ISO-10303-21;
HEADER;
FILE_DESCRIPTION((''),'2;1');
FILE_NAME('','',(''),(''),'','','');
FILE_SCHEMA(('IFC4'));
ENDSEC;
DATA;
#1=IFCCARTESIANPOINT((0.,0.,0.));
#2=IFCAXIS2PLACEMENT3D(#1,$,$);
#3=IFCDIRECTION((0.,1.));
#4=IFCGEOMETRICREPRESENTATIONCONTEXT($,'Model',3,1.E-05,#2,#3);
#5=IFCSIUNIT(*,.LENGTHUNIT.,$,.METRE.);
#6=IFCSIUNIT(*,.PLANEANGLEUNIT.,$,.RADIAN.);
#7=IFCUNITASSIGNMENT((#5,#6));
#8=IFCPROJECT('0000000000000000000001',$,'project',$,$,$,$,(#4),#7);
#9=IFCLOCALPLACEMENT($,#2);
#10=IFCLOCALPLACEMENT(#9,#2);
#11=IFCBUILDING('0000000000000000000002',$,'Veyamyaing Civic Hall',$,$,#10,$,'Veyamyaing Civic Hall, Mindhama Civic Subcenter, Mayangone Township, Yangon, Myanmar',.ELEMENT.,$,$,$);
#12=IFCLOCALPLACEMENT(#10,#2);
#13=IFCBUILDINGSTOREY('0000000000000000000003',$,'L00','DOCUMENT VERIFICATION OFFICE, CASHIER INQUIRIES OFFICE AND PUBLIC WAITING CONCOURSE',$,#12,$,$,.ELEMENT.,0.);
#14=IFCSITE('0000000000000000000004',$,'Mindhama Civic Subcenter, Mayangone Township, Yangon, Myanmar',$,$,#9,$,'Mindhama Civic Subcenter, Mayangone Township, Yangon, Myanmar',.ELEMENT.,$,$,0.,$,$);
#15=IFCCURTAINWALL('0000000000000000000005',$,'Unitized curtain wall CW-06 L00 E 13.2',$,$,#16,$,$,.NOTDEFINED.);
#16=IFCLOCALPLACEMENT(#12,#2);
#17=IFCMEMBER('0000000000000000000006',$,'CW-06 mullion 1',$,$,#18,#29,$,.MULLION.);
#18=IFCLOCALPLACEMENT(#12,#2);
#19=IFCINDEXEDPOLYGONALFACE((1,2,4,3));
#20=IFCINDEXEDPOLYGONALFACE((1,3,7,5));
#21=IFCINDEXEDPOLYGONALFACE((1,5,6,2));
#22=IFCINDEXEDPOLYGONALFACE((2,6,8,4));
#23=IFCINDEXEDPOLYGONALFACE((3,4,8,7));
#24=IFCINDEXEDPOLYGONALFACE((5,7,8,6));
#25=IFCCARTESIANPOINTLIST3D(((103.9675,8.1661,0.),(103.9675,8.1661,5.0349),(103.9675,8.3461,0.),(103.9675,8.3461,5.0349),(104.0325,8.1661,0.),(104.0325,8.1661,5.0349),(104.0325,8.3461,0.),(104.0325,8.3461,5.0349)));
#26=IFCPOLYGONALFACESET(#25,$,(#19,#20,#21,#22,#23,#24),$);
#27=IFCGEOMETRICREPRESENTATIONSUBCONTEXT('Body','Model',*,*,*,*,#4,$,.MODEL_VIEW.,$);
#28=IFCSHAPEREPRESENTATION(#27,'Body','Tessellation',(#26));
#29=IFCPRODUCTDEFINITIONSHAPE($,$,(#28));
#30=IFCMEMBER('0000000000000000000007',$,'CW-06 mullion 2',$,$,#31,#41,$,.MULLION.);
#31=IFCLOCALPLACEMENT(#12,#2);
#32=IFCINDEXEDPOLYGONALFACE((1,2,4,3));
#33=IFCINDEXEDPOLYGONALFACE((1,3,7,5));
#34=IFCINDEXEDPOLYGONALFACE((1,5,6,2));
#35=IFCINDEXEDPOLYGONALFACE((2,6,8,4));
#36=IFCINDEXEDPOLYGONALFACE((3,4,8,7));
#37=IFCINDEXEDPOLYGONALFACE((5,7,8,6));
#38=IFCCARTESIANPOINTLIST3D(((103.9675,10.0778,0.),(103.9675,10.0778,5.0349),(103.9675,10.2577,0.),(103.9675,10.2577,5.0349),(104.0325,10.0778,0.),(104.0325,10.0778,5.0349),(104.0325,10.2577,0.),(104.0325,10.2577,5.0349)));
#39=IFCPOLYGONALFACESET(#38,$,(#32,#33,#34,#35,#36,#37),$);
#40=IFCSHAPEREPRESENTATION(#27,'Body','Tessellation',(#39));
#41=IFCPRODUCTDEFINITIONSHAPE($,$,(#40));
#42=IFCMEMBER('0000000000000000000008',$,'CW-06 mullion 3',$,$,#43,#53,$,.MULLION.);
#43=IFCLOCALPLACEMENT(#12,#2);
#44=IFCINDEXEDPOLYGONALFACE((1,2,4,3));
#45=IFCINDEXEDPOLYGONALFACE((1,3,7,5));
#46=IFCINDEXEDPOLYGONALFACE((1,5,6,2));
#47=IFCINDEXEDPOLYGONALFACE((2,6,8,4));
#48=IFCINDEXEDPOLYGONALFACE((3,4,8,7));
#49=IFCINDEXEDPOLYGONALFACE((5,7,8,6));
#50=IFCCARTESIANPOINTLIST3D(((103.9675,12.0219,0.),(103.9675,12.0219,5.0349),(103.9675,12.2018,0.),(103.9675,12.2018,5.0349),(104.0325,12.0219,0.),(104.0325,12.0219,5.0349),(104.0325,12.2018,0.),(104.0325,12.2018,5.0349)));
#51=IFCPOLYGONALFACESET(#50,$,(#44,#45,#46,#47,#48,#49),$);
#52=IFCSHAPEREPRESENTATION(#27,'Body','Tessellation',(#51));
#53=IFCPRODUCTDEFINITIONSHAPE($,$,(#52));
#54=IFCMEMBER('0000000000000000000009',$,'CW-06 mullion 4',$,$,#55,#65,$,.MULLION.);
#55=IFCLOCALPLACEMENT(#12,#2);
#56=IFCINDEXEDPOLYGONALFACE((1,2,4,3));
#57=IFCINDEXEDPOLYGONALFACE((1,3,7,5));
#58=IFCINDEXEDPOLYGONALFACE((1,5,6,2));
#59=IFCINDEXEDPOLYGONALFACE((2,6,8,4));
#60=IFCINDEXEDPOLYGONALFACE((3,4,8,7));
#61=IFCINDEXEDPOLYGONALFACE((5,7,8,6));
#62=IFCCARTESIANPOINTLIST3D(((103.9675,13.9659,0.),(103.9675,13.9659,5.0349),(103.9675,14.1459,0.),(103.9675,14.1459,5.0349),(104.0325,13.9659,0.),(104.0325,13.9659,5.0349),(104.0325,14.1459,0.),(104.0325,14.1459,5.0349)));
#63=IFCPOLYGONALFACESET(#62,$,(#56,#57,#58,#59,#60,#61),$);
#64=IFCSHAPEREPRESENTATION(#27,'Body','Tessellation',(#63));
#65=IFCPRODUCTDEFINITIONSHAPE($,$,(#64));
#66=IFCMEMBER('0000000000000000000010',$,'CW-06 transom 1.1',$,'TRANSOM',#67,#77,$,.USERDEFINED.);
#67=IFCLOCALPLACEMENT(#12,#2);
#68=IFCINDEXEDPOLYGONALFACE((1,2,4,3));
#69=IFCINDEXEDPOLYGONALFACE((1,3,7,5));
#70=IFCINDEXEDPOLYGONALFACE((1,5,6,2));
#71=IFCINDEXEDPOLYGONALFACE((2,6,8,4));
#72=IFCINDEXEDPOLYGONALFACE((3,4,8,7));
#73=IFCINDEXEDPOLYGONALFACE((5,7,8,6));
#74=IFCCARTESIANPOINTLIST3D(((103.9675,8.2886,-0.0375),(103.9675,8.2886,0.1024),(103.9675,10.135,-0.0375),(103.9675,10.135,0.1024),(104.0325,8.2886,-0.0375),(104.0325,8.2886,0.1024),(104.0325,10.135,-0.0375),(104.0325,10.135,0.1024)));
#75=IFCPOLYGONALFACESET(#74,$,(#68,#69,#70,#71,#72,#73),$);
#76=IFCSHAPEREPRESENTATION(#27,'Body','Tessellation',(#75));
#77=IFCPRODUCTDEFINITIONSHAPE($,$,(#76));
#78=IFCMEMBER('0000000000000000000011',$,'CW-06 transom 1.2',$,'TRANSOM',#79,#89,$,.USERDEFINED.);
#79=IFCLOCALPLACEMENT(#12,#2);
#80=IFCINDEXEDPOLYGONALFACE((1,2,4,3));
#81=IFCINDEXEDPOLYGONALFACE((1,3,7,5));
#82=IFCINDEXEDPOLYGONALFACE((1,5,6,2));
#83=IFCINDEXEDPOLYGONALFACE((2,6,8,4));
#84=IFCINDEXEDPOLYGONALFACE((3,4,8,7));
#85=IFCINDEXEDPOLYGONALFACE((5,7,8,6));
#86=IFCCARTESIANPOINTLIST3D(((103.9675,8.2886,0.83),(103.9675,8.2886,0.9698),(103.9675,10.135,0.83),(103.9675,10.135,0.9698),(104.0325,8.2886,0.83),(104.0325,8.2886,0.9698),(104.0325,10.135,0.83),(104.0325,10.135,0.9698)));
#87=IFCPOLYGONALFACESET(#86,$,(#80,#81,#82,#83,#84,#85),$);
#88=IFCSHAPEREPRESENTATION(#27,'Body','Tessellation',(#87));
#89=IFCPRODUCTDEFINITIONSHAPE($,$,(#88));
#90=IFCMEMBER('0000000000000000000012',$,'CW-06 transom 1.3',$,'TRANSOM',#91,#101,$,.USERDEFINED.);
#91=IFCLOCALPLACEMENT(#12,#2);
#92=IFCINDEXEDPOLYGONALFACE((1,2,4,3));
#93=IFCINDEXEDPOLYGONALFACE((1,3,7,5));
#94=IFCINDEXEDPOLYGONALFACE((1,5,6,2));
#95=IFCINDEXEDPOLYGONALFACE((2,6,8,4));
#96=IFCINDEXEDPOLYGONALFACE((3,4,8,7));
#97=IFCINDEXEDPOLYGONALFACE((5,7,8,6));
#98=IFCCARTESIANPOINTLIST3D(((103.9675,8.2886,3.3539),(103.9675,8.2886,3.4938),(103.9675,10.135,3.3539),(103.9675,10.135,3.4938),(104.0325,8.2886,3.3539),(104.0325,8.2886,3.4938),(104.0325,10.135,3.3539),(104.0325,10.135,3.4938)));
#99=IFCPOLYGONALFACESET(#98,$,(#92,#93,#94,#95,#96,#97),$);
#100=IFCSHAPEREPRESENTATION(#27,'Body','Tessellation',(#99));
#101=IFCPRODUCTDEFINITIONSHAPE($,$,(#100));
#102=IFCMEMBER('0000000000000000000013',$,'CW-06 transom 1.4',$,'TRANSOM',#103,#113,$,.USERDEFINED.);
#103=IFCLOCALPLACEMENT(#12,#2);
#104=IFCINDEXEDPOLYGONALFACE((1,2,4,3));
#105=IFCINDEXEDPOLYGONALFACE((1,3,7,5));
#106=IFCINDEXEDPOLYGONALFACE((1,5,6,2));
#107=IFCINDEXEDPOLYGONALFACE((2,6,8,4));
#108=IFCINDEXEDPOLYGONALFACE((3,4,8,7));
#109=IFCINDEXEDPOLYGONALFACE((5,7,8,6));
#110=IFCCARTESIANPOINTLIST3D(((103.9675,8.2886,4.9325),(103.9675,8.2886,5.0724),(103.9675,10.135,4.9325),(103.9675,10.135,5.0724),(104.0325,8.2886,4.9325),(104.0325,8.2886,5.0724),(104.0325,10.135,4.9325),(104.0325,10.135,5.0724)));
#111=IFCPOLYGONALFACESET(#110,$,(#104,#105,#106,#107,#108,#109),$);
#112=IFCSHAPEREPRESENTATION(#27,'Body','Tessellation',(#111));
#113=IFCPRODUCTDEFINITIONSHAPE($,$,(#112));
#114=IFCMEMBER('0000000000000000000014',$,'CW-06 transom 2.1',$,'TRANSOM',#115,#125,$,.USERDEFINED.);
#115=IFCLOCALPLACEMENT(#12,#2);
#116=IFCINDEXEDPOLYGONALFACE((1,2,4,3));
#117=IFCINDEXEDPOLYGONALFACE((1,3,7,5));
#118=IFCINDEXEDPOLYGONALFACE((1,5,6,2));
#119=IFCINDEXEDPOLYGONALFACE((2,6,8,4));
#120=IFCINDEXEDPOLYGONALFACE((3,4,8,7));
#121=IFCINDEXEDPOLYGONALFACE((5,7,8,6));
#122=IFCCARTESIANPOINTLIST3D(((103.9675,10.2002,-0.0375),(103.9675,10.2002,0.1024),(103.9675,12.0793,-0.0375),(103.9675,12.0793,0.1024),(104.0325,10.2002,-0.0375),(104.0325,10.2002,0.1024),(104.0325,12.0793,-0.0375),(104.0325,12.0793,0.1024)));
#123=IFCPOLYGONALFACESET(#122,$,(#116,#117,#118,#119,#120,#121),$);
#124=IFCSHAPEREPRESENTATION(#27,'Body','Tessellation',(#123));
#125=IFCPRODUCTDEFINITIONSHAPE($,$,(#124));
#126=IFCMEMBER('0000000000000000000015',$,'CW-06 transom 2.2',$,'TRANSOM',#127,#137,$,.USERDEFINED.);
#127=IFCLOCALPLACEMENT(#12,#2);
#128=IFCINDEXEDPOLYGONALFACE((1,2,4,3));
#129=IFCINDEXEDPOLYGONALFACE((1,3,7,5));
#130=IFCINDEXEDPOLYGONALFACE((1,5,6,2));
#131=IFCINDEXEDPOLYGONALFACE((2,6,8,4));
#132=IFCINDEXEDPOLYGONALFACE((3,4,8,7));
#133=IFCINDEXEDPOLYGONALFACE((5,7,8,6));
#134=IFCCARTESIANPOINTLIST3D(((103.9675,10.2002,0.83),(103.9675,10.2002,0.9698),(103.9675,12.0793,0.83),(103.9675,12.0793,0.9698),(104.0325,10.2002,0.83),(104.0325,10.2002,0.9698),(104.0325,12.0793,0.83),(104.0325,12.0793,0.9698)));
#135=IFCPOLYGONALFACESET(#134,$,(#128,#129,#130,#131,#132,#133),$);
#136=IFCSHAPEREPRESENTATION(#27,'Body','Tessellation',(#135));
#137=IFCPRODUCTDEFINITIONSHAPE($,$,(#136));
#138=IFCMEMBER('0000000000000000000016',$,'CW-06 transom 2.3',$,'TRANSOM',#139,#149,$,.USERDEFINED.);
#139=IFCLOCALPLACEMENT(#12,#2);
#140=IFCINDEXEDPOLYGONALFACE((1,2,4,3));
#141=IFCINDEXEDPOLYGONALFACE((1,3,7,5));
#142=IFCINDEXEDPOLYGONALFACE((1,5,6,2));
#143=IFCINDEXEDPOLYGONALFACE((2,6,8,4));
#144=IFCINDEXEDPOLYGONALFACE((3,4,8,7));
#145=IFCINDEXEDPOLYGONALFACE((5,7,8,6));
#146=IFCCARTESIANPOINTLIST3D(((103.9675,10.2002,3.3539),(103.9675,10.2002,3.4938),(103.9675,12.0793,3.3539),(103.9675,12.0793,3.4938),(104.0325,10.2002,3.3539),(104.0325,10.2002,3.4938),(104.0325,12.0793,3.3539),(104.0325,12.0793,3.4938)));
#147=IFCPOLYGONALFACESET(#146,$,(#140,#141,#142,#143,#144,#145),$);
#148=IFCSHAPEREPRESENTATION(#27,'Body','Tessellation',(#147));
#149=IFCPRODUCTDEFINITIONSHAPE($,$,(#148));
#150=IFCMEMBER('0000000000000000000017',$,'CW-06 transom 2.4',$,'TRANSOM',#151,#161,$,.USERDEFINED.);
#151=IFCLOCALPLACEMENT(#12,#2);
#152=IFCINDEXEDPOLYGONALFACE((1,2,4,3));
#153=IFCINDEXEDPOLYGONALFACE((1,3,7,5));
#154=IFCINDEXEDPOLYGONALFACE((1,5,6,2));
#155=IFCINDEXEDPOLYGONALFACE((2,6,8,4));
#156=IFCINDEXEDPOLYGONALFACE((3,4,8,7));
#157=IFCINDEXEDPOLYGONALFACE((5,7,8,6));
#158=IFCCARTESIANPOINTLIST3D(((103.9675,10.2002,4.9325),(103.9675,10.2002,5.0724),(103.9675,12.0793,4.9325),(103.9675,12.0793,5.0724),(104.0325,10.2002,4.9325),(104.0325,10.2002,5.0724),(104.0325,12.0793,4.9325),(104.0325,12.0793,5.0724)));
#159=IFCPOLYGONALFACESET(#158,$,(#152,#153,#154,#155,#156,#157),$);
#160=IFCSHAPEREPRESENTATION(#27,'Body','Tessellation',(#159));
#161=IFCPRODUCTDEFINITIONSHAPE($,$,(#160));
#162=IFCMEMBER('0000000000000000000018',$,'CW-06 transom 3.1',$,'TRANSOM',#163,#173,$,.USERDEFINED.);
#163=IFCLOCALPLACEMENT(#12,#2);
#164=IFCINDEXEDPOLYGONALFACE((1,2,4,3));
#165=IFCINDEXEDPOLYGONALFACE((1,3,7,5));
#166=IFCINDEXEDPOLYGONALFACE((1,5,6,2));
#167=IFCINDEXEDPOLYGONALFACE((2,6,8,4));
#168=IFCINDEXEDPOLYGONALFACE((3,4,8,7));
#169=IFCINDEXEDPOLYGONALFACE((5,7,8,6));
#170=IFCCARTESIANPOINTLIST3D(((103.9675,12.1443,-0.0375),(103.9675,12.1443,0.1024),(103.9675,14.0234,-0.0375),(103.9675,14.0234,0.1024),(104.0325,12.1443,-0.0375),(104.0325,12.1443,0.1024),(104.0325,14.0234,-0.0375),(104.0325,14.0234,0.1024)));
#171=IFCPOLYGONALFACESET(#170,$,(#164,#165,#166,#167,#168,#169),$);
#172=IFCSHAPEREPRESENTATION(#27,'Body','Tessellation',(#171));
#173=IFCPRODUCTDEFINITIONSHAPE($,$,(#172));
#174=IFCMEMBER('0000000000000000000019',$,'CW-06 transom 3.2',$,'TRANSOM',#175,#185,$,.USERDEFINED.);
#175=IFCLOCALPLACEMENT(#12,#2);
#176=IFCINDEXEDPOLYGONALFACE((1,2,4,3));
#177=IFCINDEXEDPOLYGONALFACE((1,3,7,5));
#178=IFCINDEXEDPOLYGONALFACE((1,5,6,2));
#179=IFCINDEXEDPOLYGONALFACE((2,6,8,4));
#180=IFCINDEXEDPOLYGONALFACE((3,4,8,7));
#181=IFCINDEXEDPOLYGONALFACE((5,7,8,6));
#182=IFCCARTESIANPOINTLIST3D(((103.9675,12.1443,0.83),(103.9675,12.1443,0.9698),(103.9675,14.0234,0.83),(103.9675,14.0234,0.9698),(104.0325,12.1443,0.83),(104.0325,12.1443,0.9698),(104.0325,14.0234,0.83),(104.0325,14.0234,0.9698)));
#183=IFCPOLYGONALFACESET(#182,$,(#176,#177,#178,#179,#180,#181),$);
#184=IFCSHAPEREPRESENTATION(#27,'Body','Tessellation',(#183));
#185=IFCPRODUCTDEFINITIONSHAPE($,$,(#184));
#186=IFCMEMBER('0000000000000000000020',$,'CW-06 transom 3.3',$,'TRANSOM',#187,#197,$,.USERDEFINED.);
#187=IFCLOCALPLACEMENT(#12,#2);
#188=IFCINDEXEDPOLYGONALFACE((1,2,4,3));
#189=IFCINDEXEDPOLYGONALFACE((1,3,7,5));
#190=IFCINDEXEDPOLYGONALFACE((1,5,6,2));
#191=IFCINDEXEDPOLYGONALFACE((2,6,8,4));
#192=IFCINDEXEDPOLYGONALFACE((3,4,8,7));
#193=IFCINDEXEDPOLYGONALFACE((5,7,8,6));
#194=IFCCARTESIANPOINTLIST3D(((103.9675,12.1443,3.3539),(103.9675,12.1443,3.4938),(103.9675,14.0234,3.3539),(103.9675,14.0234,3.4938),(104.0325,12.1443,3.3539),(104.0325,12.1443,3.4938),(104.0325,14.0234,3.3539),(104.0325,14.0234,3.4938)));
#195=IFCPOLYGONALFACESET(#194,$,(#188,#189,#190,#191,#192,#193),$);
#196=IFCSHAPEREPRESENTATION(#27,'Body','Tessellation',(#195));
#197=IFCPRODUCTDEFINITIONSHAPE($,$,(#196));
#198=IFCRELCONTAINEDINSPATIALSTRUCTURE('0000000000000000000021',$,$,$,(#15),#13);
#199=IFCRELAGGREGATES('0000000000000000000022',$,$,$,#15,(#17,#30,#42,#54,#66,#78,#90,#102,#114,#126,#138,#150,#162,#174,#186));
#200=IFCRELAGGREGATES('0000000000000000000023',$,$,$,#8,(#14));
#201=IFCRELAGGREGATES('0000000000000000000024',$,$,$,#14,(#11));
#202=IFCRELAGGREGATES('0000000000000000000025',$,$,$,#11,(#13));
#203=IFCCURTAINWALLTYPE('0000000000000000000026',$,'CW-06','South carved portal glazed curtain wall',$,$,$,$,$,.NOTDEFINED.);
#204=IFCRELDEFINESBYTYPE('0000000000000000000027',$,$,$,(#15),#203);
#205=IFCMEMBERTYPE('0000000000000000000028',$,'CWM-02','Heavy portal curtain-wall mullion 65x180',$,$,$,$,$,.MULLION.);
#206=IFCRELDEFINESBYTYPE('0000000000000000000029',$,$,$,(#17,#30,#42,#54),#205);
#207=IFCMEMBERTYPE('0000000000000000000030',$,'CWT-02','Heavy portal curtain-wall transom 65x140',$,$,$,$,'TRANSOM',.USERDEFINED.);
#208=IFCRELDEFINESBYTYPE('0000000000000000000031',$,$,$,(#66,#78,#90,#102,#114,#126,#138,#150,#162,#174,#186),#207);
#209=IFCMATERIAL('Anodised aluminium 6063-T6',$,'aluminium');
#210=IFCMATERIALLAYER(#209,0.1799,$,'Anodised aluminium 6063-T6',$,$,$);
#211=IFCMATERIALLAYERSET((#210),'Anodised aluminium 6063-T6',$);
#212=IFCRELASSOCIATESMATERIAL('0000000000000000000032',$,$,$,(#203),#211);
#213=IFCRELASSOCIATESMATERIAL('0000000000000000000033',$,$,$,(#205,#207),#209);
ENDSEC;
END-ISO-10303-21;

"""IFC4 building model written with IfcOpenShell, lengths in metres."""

from ifc_helpers import new_model, si_unit, direction, frame, origin, origin_2d, place, context, subcontext, project, spatial, rectangle, extrude, material, layer, layer_set, material_profile, profile_set, type_object, element, aggregate, save


model = new_model("IFC4")

# Units and contexts
model_context = context("Model", 3, precision=1e-05, world=origin(), true_north=direction((0.0, 1.0)))
body_context = subcontext(model_context, "Body", "Model", "MODEL_VIEW")
ifc_project = project(units=[si_unit("LENGTHUNIT", "METRE"), si_unit("PLANEANGLEUNIT", "RADIAN")], contexts=[model_context])

# Site, building, storey
site_placement = place(None, origin())
site = spatial("IfcSite", under=ifc_project, at=site_placement, Name="Mindhama Civic Subcenter, Mayangone Township, Yangon, Myanmar", LongName="Mindhama Civic Subcenter, Mayangone Township, Yangon, Myanmar", CompositionType="ELEMENT", RefElevation=0.0)
building_placement = place(site_placement, origin())
building = spatial("IfcBuilding", under=site, at=building_placement, Name="Veyamyaing Civic Hall", LongName="Veyamyaing Civic Hall, Mindhama Civic Subcenter, Mayangone Township, Yangon, Myanmar", CompositionType="ELEMENT")
storey_placement = place(building_placement, origin())
storey = spatial("IfcBuildingStorey", under=building, at=storey_placement, Name="L00", Description="DOCUMENT VERIFICATION OFFICE, CASHIER INQUIRIES OFFICE AND PUBLIC WAITING CONCOURSE", CompositionType="ELEMENT", Elevation=0.0)

# Curtain wall, members
ifc_material_1 = material(Name="Anodised aluminium 6063-T6", Category="aluminium")
ifc_layer_1 = layer(ifc_material_1, 0.1799, Name="Anodised aluminium 6063-T6")
ifc_layer_set_1 = layer_set([ifc_layer_1], Name="Anodised aluminium 6063-T6")
curtain_wall_type = type_object("IfcCurtainWallType", Name="CW-06", Description="South carved portal glazed curtain wall", PredefinedType="NOTDEFINED", material=ifc_layer_set_1)
curtain_wall_placement = place(storey_placement, origin())
curtain_wall = element("IfcCurtainWall", 1, at=curtain_wall_placement, inside=storey, type_object=curtain_wall_type, Name="Unitized curtain wall CW-06 L00 E 13.2", PredefinedType="NOTDEFINED")
ifc_material_profile_1 = material_profile(ifc_material_1, rectangle(XDim=0.0649, YDim=0.1799, at=origin_2d()), Name="ALU-MUL-65X180")
ifc_profile_set_1 = profile_set([ifc_material_profile_1], Name="Anodised aluminium 6063-T6")
member_type_1 = type_object("IfcMemberType", Name="CWM-02", Description="Heavy portal curtain-wall mullion 65x180", PredefinedType="MULLION", material=ifc_profile_set_1)
member_1_placement = place(storey_placement, frame((104.0, 8.2561, 0.0), z_axis=(0.0, 0.0, 1.0), x_axis=(-1.0, 0.0, 0.0)))
member_1 = element("IfcMember", 2, at=member_1_placement, type_object=member_type_1, Name="CW-06 mullion 1", PredefinedType="MULLION", context=body_context, shape_type="SweptSolid", body=[
    extrude(rectangle(XDim=0.0649, YDim=0.1799, at=origin_2d()), origin(), (0.0, 0.0, 1.0), 5.0349),
])
member_2_placement = place(storey_placement, frame((104.0, 10.1677, 0.0), z_axis=(0.0, 0.0, 1.0), x_axis=(-1.0, 0.0, 0.0)))
member_2 = element("IfcMember", 3, at=member_2_placement, type_object=member_type_1, Name="CW-06 mullion 2", PredefinedType="MULLION", context=body_context, shape_type="SweptSolid", body=[
    extrude(rectangle(XDim=0.0649, YDim=0.1799, at=origin_2d()), origin(), (0.0, 0.0, 1.0), 5.0349),
])
member_3_placement = place(storey_placement, frame((104.0, 12.1118, 0.0), z_axis=(0.0, 0.0, 1.0), x_axis=(-1.0, 0.0, 0.0)))
member_3 = element("IfcMember", 4, at=member_3_placement, type_object=member_type_1, Name="CW-06 mullion 3", PredefinedType="MULLION", context=body_context, shape_type="SweptSolid", body=[
    extrude(rectangle(XDim=0.0649, YDim=0.1799, at=origin_2d()), origin(), (0.0, 0.0, 1.0), 5.0349),
])
member_4_placement = place(storey_placement, frame((104.0, 14.0559, 0.0), z_axis=(0.0, 0.0, 1.0), x_axis=(-1.0, 0.0, 0.0)))
member_4 = element("IfcMember", 5, at=member_4_placement, type_object=member_type_1, Name="CW-06 mullion 4", PredefinedType="MULLION", context=body_context, shape_type="SweptSolid", body=[
    extrude(rectangle(XDim=0.0649, YDim=0.1799, at=origin_2d()), origin(), (0.0, 0.0, 1.0), 5.0349),
])
ifc_material_profile_2 = material_profile(ifc_material_1, rectangle(XDim=0.0649, YDim=0.1399, at=origin_2d()), Name="ALU-TRN-65X140")
ifc_profile_set_2 = profile_set([ifc_material_profile_2], Name="Anodised aluminium 6063-T6")
member_type_2 = type_object("IfcMemberType", Name="CWT-02", Description="Heavy portal curtain-wall transom 65x140", ElementType="TRANSOM", PredefinedType="USERDEFINED", material=ifc_profile_set_2)
member_5_placement = place(storey_placement, frame((104.0, 8.2886, 0.0325), z_axis=(0.0, 1.0, 0.0), x_axis=(-1.0, 0.0, 0.0)))
member_5 = element("IfcMember", 6, at=member_5_placement, type_object=member_type_2, Name="CW-06 transom 1.1", ObjectType="TRANSOM", PredefinedType="USERDEFINED", context=body_context, shape_type="SweptSolid", body=[
    extrude(rectangle(XDim=0.0649, YDim=0.1399, at=origin_2d()), origin(), (0.0, 0.0, 1.0), 1.8464),
])
member_6_placement = place(storey_placement, frame((104.0, 8.2886, 0.8999), z_axis=(0.0, 1.0, 0.0), x_axis=(-1.0, 0.0, 0.0)))
member_6 = element("IfcMember", 7, at=member_6_placement, type_object=member_type_2, Name="CW-06 transom 1.2", ObjectType="TRANSOM", PredefinedType="USERDEFINED", context=body_context, shape_type="SweptSolid", body=[
    extrude(rectangle(XDim=0.0649, YDim=0.1399, at=origin_2d()), origin(), (0.0, 0.0, 1.0), 1.8464),
])
member_7_placement = place(storey_placement, frame((104.0, 8.2886, 3.4238), z_axis=(0.0, 1.0, 0.0), x_axis=(-1.0, 0.0, 0.0)))
member_7 = element("IfcMember", 8, at=member_7_placement, type_object=member_type_2, Name="CW-06 transom 1.3", ObjectType="TRANSOM", PredefinedType="USERDEFINED", context=body_context, shape_type="SweptSolid", body=[
    extrude(rectangle(XDim=0.0649, YDim=0.1399, at=origin_2d()), origin(), (0.0, 0.0, 1.0), 1.8464),
])
member_8_placement = place(storey_placement, frame((104.0, 8.2886, 5.0024), z_axis=(0.0, 1.0, 0.0), x_axis=(-1.0, 0.0, 0.0)))
member_8 = element("IfcMember", 9, at=member_8_placement, type_object=member_type_2, Name="CW-06 transom 1.4", ObjectType="TRANSOM", PredefinedType="USERDEFINED", context=body_context, shape_type="SweptSolid", body=[
    extrude(rectangle(XDim=0.0649, YDim=0.1399, at=origin_2d()), origin(), (0.0, 0.0, 1.0), 1.8464),
])
member_9_placement = place(storey_placement, frame((104.0, 10.2002, 0.0325), z_axis=(0.0, 1.0, 0.0), x_axis=(-1.0, 0.0, 0.0)))
member_9 = element("IfcMember", 10, at=member_9_placement, type_object=member_type_2, Name="CW-06 transom 2.1", ObjectType="TRANSOM", PredefinedType="USERDEFINED", context=body_context, shape_type="SweptSolid", body=[
    extrude(rectangle(XDim=0.0649, YDim=0.1399, at=origin_2d()), origin(), (0.0, 0.0, 1.0), 1.8792),
])
member_10_placement = place(storey_placement, frame((104.0, 10.2002, 0.8999), z_axis=(0.0, 1.0, 0.0), x_axis=(-1.0, 0.0, 0.0)))
member_10 = element("IfcMember", 11, at=member_10_placement, type_object=member_type_2, Name="CW-06 transom 2.2", ObjectType="TRANSOM", PredefinedType="USERDEFINED", context=body_context, shape_type="SweptSolid", body=[
    extrude(rectangle(XDim=0.0649, YDim=0.1399, at=origin_2d()), origin(), (0.0, 0.0, 1.0), 1.8792),
])
member_11_placement = place(storey_placement, frame((104.0, 10.2002, 3.4238), z_axis=(0.0, 1.0, 0.0), x_axis=(-1.0, 0.0, 0.0)))
member_11 = element("IfcMember", 12, at=member_11_placement, type_object=member_type_2, Name="CW-06 transom 2.3", ObjectType="TRANSOM", PredefinedType="USERDEFINED", context=body_context, shape_type="SweptSolid", body=[
    extrude(rectangle(XDim=0.0649, YDim=0.1399, at=origin_2d()), origin(), (0.0, 0.0, 1.0), 1.8792),
])
member_12_placement = place(storey_placement, frame((104.0, 10.2002, 5.0024), z_axis=(0.0, 1.0, 0.0), x_axis=(-1.0, 0.0, 0.0)))
member_12 = element("IfcMember", 13, at=member_12_placement, type_object=member_type_2, Name="CW-06 transom 2.4", ObjectType="TRANSOM", PredefinedType="USERDEFINED", context=body_context, shape_type="SweptSolid", body=[
    extrude(rectangle(XDim=0.0649, YDim=0.1399, at=origin_2d()), origin(), (0.0, 0.0, 1.0), 1.8792),
])
member_13_placement = place(storey_placement, frame((104.0, 12.1443, 0.0325), z_axis=(0.0, 1.0, 0.0), x_axis=(-1.0, 0.0, 0.0)))
member_13 = element("IfcMember", 14, at=member_13_placement, type_object=member_type_2, Name="CW-06 transom 3.1", ObjectType="TRANSOM", PredefinedType="USERDEFINED", context=body_context, shape_type="SweptSolid", body=[
    extrude(rectangle(XDim=0.0649, YDim=0.1399, at=origin_2d()), origin(), (0.0, 0.0, 1.0), 1.8792),
])
member_14_placement = place(storey_placement, frame((104.0, 12.1443, 0.8999), z_axis=(0.0, 1.0, 0.0), x_axis=(-1.0, 0.0, 0.0)))
member_14 = element("IfcMember", 15, at=member_14_placement, type_object=member_type_2, Name="CW-06 transom 3.2", ObjectType="TRANSOM", PredefinedType="USERDEFINED", context=body_context, shape_type="SweptSolid", body=[
    extrude(rectangle(XDim=0.0649, YDim=0.1399, at=origin_2d()), origin(), (0.0, 0.0, 1.0), 1.8792),
])
member_15_placement = place(storey_placement, frame((104.0, 12.1443, 3.4238), z_axis=(0.0, 1.0, 0.0), x_axis=(-1.0, 0.0, 0.0)))
member_15 = element("IfcMember", 16, at=member_15_placement, type_object=member_type_2, Name="CW-06 transom 3.3", ObjectType="TRANSOM", PredefinedType="USERDEFINED", context=body_context, shape_type="SweptSolid", body=[
    extrude(rectangle(XDim=0.0649, YDim=0.1399, at=origin_2d()), origin(), (0.0, 0.0, 1.0), 1.8792),
])
aggregate(curtain_wall, [member_1, member_2, member_3, member_4, member_5, member_6, member_7, member_8, member_9, member_10, member_11, member_12, member_13, member_14, member_15])

save(model, "model.ifc")
